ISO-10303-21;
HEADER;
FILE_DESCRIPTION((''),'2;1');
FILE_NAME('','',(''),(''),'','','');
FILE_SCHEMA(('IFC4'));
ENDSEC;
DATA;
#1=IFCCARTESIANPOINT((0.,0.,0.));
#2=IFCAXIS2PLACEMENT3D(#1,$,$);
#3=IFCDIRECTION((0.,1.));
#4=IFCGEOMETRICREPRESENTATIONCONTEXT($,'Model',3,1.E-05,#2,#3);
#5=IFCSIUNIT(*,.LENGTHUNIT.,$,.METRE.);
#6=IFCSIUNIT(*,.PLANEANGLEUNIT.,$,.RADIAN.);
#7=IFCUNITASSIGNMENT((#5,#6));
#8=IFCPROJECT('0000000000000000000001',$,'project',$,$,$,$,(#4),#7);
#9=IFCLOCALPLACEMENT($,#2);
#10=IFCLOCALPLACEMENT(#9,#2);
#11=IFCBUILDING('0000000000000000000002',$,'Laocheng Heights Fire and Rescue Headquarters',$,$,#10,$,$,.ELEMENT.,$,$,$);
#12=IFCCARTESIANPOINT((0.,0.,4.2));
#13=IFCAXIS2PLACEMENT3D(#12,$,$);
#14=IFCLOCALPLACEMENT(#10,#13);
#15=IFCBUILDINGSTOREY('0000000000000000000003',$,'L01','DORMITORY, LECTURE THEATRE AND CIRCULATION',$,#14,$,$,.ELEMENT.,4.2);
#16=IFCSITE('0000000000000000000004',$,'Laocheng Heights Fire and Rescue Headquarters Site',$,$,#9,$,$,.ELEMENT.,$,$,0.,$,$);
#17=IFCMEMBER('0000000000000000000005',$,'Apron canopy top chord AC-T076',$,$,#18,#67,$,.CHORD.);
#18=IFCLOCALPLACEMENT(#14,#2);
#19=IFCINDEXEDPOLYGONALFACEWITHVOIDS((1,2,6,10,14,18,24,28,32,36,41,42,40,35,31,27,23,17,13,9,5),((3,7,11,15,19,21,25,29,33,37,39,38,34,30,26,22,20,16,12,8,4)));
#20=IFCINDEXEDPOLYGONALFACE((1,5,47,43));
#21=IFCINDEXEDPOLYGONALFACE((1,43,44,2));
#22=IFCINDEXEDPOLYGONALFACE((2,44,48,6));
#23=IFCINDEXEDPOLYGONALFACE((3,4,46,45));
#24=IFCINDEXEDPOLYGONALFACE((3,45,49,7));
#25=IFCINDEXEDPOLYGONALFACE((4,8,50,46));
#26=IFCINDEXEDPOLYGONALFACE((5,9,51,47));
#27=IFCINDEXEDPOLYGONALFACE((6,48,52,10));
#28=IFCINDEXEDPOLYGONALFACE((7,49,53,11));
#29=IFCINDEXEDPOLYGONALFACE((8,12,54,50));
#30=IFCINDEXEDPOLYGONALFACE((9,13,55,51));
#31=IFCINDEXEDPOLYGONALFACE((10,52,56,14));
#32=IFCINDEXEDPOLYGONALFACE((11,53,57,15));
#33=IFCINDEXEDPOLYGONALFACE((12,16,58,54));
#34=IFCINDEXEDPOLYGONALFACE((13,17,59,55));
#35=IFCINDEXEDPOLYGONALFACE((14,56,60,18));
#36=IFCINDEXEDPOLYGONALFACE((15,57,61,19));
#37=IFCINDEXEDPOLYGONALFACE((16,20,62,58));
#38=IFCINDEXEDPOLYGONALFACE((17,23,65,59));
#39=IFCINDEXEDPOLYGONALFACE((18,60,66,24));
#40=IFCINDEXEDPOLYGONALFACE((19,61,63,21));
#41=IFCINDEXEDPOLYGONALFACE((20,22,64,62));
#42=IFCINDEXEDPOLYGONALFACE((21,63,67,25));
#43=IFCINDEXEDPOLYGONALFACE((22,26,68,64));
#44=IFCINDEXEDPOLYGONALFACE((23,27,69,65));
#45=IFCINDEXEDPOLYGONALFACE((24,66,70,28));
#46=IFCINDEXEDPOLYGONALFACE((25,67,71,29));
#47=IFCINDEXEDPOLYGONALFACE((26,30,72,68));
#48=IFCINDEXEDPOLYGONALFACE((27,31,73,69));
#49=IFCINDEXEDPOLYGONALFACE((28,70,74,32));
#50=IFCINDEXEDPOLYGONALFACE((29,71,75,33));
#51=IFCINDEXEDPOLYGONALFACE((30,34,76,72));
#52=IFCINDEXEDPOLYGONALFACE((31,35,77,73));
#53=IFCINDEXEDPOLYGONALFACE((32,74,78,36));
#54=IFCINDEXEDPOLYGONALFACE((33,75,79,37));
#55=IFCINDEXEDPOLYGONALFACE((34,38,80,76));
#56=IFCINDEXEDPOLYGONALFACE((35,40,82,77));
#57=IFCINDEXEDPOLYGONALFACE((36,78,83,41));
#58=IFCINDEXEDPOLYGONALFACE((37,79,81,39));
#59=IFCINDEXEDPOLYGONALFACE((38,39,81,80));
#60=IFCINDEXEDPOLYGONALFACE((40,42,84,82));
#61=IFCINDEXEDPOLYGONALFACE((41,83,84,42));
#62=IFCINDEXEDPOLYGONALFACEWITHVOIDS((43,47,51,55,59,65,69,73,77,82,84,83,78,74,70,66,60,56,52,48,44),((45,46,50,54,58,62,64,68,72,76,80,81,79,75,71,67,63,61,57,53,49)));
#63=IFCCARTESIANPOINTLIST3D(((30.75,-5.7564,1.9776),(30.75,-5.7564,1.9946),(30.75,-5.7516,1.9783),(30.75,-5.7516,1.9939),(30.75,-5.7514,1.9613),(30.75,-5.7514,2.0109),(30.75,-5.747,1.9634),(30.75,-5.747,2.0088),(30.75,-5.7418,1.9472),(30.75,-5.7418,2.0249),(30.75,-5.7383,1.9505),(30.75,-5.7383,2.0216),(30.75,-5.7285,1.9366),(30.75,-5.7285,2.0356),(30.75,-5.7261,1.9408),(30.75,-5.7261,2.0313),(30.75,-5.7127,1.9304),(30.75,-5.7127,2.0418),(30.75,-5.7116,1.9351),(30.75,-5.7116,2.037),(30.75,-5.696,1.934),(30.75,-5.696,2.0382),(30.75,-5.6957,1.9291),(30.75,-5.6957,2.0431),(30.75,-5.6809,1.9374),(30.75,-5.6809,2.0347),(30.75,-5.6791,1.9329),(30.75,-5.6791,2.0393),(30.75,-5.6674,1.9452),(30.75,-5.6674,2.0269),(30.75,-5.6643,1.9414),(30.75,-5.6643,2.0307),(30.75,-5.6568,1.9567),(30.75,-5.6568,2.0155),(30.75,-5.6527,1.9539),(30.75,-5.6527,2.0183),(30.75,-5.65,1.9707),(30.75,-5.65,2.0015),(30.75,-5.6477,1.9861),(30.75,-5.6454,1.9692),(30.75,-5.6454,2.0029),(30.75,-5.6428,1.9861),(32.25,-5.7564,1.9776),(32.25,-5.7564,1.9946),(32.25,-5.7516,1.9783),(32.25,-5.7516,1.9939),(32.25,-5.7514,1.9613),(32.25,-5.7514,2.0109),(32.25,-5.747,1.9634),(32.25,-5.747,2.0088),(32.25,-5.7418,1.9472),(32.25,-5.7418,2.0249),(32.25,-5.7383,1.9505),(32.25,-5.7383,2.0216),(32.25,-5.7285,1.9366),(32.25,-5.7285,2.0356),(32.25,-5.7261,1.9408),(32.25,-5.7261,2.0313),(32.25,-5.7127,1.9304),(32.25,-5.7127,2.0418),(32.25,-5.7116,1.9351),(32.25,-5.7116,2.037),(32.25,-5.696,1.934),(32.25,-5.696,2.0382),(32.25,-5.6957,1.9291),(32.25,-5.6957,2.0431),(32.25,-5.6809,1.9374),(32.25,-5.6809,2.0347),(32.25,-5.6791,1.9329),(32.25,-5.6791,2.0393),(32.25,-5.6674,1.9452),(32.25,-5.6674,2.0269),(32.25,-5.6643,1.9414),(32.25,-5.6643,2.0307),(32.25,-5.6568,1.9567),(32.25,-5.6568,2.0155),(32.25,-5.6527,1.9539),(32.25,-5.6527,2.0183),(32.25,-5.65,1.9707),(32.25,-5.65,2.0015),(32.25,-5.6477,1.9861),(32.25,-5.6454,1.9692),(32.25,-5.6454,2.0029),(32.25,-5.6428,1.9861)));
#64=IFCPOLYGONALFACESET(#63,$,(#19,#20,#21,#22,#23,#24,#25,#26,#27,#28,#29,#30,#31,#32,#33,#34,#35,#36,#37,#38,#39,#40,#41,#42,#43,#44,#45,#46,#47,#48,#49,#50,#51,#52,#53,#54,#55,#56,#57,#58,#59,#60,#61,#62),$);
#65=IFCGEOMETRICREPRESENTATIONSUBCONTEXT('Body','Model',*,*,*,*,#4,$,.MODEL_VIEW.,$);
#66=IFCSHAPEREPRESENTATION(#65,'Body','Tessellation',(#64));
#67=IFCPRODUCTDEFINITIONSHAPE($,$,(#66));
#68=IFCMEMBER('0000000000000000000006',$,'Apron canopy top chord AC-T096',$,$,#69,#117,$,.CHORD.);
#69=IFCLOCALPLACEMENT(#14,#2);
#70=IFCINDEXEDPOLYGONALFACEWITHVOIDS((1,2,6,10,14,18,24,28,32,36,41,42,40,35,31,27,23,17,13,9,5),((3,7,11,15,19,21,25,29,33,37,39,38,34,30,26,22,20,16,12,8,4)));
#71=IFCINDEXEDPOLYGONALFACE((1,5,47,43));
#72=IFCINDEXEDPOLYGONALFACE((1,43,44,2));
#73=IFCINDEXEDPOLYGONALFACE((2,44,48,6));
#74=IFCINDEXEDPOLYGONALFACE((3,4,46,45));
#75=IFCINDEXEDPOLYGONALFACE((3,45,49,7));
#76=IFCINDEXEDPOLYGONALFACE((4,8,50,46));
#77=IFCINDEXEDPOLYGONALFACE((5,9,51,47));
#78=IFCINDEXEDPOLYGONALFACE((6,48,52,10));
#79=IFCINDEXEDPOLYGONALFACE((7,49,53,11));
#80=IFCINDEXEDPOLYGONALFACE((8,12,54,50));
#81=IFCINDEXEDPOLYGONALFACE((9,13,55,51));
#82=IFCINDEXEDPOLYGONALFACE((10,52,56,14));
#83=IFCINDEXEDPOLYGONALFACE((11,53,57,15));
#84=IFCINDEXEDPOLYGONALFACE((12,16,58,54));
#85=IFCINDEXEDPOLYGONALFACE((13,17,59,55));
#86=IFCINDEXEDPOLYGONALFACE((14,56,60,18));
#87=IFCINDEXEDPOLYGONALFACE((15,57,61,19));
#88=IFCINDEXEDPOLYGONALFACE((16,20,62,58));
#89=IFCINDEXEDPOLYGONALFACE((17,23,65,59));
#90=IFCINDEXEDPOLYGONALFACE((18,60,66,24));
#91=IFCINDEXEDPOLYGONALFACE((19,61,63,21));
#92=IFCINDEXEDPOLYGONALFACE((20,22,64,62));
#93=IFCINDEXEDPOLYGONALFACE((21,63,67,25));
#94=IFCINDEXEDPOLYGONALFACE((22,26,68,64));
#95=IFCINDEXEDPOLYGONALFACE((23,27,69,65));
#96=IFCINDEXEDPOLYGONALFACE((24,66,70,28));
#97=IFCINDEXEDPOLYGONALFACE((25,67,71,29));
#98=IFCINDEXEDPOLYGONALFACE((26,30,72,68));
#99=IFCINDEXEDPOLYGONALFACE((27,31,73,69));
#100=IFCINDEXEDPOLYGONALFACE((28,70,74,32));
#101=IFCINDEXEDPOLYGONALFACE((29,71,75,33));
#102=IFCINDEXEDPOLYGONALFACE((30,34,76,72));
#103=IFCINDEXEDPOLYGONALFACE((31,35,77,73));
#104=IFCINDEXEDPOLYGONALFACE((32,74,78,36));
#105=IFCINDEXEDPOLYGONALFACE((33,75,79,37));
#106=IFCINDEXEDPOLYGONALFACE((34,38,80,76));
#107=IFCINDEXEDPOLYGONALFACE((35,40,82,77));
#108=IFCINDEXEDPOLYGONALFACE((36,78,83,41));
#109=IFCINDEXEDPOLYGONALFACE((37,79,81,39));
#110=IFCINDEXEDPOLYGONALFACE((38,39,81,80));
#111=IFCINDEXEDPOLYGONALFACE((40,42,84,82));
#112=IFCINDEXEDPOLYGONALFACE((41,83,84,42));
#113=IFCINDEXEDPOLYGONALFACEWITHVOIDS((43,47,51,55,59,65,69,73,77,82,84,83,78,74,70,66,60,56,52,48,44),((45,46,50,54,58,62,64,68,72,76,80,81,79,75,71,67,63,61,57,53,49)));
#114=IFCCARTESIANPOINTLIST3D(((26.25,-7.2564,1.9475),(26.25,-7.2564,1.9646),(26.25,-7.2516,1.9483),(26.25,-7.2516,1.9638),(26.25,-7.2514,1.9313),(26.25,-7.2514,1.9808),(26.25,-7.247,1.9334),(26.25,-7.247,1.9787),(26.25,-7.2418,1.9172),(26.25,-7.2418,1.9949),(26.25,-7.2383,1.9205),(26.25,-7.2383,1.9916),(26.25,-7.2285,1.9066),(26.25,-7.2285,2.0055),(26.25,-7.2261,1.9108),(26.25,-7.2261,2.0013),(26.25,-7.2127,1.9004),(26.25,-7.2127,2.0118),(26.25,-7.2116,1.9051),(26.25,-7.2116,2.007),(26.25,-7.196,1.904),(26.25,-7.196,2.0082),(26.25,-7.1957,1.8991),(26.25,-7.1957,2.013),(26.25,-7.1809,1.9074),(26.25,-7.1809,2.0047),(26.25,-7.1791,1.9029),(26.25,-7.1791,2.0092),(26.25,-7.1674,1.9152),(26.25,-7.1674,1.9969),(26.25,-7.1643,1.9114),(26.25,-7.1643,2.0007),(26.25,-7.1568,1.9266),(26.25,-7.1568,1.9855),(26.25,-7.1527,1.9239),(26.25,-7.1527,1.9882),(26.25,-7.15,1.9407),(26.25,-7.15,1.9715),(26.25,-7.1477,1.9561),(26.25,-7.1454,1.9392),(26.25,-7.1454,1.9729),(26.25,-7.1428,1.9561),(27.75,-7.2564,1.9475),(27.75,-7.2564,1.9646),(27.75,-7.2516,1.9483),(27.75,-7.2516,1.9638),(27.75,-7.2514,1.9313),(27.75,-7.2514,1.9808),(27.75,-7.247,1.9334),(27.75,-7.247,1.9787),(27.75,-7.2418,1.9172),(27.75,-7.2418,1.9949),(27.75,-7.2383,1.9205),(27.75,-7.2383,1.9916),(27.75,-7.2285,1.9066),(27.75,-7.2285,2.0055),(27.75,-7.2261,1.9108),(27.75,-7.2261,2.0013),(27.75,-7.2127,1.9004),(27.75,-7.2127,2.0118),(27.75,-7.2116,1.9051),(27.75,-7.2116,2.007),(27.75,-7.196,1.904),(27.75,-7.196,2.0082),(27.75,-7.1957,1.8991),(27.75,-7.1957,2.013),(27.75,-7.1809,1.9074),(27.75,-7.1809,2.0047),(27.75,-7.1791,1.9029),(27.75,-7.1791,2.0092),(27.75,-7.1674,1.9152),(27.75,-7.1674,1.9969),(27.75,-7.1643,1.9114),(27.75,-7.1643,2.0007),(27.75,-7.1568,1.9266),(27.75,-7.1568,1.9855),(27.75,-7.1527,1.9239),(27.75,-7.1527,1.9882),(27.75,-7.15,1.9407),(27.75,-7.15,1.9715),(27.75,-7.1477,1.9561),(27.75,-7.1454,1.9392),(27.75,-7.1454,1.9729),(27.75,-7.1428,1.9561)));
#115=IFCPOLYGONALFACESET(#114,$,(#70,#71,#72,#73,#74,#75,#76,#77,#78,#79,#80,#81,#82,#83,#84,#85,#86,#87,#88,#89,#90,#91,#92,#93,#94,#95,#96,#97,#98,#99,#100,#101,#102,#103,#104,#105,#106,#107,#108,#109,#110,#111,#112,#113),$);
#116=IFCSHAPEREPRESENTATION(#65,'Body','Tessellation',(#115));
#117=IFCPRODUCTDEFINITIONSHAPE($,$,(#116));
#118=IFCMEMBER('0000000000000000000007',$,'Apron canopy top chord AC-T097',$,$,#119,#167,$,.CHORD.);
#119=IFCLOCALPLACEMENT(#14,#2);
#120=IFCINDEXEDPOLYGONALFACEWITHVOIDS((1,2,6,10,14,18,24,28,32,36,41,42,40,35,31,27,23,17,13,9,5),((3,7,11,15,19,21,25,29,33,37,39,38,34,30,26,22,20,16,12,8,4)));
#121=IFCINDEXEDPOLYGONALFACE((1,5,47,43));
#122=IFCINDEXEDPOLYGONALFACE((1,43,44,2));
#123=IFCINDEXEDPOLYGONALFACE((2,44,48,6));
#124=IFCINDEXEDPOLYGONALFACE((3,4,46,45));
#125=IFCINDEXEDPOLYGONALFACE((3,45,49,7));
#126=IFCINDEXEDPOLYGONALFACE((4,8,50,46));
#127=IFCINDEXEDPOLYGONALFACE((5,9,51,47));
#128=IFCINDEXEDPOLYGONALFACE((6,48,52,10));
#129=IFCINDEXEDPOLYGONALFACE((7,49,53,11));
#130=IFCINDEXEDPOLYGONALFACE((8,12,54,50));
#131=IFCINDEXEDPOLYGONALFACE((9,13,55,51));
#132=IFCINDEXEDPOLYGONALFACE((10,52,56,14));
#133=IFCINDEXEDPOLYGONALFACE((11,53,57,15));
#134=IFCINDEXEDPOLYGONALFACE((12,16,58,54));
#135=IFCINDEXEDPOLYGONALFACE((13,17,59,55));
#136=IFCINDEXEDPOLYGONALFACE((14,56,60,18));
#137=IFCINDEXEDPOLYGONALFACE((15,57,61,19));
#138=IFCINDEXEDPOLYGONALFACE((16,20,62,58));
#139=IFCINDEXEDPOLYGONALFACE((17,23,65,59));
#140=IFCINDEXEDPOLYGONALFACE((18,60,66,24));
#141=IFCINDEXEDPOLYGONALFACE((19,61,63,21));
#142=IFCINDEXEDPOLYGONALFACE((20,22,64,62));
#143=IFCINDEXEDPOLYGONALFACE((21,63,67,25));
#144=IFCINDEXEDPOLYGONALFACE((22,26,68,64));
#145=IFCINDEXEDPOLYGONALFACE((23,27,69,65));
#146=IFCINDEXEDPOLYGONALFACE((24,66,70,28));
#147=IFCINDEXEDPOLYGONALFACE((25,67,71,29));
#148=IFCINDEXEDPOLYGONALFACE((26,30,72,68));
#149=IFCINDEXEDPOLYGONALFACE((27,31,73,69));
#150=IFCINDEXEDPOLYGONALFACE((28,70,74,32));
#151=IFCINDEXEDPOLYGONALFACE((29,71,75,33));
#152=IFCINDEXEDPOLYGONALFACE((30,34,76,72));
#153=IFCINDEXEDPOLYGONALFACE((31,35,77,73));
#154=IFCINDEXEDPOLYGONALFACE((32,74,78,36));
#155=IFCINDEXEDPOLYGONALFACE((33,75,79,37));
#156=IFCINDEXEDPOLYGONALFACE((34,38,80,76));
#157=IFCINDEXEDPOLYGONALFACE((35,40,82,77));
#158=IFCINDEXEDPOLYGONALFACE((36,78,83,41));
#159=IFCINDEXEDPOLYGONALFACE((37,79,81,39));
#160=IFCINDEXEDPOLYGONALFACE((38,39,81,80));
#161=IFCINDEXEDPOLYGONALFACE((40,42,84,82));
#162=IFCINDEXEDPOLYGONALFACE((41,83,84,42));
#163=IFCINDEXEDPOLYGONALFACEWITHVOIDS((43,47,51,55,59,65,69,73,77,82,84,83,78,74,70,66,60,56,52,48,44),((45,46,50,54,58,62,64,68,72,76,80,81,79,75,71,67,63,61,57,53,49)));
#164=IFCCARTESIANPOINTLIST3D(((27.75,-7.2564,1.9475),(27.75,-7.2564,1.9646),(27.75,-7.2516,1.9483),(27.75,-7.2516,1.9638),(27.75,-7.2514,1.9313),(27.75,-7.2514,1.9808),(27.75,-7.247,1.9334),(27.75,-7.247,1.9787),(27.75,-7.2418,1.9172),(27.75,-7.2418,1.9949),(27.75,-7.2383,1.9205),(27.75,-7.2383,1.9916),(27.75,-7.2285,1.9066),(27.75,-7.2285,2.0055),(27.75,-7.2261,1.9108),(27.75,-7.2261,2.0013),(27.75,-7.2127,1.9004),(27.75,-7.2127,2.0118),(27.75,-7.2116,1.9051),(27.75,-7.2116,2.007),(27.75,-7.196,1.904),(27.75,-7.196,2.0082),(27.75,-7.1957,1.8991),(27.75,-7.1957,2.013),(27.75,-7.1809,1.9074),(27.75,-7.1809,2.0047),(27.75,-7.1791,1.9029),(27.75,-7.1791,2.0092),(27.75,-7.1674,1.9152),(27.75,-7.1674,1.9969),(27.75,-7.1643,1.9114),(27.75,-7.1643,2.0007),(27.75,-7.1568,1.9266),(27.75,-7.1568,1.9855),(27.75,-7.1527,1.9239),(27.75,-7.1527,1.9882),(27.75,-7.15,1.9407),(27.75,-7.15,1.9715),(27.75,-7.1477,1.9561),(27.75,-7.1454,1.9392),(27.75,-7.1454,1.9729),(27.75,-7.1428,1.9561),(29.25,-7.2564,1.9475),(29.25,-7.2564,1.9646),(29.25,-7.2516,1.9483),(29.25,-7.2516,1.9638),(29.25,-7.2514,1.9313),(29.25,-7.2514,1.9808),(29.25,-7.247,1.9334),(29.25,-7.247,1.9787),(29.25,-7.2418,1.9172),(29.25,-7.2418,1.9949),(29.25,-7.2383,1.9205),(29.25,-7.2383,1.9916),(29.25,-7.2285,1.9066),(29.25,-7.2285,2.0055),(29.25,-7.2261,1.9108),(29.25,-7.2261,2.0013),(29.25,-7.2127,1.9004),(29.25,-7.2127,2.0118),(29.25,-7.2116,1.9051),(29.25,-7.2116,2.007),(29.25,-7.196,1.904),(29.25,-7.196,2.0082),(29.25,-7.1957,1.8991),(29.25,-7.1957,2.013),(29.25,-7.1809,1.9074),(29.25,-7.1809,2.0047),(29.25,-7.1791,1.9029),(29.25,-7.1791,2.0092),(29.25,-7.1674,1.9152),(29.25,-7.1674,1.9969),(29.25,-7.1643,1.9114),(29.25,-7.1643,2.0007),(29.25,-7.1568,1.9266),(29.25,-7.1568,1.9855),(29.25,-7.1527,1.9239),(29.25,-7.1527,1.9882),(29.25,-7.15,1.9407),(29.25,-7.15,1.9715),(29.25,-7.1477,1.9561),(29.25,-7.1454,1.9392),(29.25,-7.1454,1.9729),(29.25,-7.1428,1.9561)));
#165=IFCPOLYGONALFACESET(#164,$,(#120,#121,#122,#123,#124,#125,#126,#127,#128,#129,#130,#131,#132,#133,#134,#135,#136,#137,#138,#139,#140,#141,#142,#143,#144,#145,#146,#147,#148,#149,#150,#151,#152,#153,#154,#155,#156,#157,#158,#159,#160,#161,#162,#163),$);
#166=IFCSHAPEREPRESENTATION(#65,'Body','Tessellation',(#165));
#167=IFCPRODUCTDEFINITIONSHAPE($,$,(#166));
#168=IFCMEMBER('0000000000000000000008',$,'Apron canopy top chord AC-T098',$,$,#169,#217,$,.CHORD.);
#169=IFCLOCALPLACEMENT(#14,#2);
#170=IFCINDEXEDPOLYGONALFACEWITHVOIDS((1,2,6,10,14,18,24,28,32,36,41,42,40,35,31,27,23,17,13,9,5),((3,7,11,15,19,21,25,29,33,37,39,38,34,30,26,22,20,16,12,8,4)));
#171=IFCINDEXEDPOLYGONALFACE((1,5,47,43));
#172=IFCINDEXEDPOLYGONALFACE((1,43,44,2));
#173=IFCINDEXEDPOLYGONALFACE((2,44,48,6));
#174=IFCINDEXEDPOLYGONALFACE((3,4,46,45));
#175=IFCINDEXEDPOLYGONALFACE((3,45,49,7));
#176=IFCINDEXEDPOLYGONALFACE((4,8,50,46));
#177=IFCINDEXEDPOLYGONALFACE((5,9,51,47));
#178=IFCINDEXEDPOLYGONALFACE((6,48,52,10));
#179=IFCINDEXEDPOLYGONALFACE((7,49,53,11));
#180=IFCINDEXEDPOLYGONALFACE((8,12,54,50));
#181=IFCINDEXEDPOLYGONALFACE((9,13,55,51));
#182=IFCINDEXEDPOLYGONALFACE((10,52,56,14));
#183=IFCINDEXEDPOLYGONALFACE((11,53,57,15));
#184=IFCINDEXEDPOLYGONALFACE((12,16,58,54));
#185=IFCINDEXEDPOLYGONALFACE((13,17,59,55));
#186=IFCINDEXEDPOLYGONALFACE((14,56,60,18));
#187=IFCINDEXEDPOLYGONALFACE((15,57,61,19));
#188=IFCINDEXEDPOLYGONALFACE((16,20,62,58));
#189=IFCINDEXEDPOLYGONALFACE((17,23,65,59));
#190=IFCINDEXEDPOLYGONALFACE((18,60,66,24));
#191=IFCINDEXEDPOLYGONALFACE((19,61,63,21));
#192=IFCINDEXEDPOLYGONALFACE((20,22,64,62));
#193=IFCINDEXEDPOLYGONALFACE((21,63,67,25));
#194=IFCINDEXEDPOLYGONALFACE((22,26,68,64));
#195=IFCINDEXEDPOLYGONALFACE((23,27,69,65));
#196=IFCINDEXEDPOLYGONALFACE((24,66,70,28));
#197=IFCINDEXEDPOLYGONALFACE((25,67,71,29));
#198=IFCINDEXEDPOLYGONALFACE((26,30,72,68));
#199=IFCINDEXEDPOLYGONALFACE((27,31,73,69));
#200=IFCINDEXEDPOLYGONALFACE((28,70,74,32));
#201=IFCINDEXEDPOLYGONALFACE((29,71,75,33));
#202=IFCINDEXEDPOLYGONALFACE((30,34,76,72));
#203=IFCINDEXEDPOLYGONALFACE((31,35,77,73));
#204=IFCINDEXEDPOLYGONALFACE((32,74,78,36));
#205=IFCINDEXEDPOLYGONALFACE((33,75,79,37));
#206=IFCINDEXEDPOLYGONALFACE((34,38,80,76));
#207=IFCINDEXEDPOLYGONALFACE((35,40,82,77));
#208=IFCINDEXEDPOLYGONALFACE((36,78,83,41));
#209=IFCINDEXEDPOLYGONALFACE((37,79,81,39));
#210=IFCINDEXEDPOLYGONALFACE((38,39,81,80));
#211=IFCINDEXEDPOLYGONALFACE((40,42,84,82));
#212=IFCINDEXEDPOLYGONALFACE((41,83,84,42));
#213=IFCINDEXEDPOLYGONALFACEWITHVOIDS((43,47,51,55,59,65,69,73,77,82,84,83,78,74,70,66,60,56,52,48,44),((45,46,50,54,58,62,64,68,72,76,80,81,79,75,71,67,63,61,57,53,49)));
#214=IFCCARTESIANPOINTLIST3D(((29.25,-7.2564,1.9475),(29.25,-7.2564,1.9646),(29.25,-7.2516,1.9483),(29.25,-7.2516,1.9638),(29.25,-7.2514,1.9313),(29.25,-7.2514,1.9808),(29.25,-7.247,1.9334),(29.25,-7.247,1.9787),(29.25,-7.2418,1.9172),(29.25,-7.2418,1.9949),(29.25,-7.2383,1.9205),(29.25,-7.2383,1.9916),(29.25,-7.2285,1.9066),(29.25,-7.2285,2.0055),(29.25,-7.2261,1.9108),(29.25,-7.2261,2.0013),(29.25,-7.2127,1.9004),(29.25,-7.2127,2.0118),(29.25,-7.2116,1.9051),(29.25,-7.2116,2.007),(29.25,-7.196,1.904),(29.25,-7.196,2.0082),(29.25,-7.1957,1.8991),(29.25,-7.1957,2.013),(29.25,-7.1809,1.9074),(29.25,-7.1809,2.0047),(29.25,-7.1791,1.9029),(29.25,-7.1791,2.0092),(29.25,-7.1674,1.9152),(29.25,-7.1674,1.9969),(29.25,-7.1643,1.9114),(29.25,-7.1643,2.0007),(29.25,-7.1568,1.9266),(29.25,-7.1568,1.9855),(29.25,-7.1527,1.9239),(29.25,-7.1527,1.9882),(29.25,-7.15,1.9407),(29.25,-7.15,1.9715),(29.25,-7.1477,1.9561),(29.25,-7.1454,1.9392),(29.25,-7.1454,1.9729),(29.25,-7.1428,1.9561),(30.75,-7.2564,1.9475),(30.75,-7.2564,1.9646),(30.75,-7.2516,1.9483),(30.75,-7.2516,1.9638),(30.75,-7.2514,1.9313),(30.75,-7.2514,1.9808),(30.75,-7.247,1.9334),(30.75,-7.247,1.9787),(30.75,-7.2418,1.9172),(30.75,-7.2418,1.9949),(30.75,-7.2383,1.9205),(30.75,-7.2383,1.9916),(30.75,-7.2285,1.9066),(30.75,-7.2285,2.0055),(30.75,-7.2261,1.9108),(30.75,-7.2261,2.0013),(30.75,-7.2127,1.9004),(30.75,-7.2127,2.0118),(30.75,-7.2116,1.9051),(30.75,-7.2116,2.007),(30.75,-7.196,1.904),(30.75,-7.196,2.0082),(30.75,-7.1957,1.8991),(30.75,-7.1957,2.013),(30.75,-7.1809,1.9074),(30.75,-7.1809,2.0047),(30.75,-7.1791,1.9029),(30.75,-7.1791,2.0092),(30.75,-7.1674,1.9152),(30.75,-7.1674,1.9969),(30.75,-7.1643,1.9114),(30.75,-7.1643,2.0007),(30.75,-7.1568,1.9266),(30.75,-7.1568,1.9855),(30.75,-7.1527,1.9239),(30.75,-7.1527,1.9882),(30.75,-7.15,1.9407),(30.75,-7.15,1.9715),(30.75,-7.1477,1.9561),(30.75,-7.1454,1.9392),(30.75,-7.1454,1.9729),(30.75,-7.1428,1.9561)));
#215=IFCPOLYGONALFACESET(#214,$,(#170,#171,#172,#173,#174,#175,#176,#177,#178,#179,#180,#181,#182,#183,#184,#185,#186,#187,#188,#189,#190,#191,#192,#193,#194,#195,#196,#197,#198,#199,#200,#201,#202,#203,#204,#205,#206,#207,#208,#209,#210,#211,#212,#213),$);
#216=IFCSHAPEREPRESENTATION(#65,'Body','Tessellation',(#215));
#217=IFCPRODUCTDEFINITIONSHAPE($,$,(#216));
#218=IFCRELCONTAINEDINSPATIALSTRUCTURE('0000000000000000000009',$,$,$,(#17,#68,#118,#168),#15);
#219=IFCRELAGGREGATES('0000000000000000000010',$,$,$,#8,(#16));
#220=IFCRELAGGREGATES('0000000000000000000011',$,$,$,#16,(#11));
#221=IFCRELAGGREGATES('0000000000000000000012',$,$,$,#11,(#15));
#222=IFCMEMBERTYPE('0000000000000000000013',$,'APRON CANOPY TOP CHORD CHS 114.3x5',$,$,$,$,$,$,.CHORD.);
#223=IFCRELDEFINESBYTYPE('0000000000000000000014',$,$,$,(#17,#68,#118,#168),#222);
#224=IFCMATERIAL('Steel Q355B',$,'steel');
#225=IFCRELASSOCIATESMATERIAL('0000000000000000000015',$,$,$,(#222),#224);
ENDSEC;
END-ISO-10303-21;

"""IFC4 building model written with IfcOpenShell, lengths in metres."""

from ifc_helpers import new_model, si_unit, direction, frame, origin, origin_2d, place, context, subcontext, project, spatial, hollow_circle, extrude, material, material_profile, profile_set, type_object, element, save


model = new_model("IFC4")

# Units and contexts
model_context = context("Model", 3, precision=1e-05, world=origin(), true_north=direction((0.0, 1.0)))
body_context = subcontext(model_context, "Body", "Model", "MODEL_VIEW")
ifc_project = project(units=[si_unit("LENGTHUNIT", "METRE"), si_unit("PLANEANGLEUNIT", "RADIAN")], contexts=[model_context])

# Site, building, storey
site_placement = place(None, origin())
site = spatial("IfcSite", under=ifc_project, at=site_placement, Name="Laocheng Heights Fire and Rescue Headquarters Site", CompositionType="ELEMENT", RefElevation=0.0)
building_placement = place(site_placement, origin())
building = spatial("IfcBuilding", under=site, at=building_placement, Name="Laocheng Heights Fire and Rescue Headquarters", CompositionType="ELEMENT")
storey_placement = place(building_placement, frame((0.0, 0.0, 4.2)))
storey = spatial("IfcBuildingStorey", under=building, at=storey_placement, Name="L01", Description="DORMITORY, LECTURE THEATRE AND CIRCULATION", CompositionType="ELEMENT", Elevation=4.2)

# Members
ifc_material_1 = material(Name="Steel Q355B", Category="steel")
ifc_material_profile_1 = material_profile(ifc_material_1, hollow_circle(Radius=0.0571, WallThickness=0.0049, at=origin_2d()), Name="CHS 114.3x5")
ifc_profile_set_1 = profile_set([ifc_material_profile_1], Name="Steel Q355B")
member_type = type_object("IfcMemberType", Name="APRON CANOPY TOP CHORD CHS 114.3x5", PredefinedType="CHORD", material=ifc_profile_set_1)
for number, where, z_axis, x_axis, name in (
    (1, (30.75, -5.7, 1.9861), (1.0, 0.0, 0.0), (0.0, 1.0, 0.0), "Apron canopy top chord AC-T076"),
    (2, (26.25, -7.2, 1.9561), (1.0, 0.0, 0.0), (0.0, 1.0, 0.0), "Apron canopy top chord AC-T096"),
    (3, (27.75, -7.2, 1.9561), (1.0, 0.0, 0.0), (0.0, 1.0, 0.0), "Apron canopy top chord AC-T097"),
    (4, (29.25, -7.2, 1.9561), (1.0, 0.0, 0.0), (0.0, 1.0, 0.0), "Apron canopy top chord AC-T098"),
):
    element("IfcMember", number, at=place(storey_placement, frame(where, z_axis=z_axis, x_axis=x_axis)), inside=storey, type_object=member_type, Name=name, PredefinedType="CHORD", context=body_context, shape_type="SweptSolid", body=[
        extrude(hollow_circle(Radius=0.0571, WallThickness=0.0049, at=origin_2d()), origin(), (0.0, 0.0, 1.0), 1.5),
    ])

save(model, "model.ifc")
